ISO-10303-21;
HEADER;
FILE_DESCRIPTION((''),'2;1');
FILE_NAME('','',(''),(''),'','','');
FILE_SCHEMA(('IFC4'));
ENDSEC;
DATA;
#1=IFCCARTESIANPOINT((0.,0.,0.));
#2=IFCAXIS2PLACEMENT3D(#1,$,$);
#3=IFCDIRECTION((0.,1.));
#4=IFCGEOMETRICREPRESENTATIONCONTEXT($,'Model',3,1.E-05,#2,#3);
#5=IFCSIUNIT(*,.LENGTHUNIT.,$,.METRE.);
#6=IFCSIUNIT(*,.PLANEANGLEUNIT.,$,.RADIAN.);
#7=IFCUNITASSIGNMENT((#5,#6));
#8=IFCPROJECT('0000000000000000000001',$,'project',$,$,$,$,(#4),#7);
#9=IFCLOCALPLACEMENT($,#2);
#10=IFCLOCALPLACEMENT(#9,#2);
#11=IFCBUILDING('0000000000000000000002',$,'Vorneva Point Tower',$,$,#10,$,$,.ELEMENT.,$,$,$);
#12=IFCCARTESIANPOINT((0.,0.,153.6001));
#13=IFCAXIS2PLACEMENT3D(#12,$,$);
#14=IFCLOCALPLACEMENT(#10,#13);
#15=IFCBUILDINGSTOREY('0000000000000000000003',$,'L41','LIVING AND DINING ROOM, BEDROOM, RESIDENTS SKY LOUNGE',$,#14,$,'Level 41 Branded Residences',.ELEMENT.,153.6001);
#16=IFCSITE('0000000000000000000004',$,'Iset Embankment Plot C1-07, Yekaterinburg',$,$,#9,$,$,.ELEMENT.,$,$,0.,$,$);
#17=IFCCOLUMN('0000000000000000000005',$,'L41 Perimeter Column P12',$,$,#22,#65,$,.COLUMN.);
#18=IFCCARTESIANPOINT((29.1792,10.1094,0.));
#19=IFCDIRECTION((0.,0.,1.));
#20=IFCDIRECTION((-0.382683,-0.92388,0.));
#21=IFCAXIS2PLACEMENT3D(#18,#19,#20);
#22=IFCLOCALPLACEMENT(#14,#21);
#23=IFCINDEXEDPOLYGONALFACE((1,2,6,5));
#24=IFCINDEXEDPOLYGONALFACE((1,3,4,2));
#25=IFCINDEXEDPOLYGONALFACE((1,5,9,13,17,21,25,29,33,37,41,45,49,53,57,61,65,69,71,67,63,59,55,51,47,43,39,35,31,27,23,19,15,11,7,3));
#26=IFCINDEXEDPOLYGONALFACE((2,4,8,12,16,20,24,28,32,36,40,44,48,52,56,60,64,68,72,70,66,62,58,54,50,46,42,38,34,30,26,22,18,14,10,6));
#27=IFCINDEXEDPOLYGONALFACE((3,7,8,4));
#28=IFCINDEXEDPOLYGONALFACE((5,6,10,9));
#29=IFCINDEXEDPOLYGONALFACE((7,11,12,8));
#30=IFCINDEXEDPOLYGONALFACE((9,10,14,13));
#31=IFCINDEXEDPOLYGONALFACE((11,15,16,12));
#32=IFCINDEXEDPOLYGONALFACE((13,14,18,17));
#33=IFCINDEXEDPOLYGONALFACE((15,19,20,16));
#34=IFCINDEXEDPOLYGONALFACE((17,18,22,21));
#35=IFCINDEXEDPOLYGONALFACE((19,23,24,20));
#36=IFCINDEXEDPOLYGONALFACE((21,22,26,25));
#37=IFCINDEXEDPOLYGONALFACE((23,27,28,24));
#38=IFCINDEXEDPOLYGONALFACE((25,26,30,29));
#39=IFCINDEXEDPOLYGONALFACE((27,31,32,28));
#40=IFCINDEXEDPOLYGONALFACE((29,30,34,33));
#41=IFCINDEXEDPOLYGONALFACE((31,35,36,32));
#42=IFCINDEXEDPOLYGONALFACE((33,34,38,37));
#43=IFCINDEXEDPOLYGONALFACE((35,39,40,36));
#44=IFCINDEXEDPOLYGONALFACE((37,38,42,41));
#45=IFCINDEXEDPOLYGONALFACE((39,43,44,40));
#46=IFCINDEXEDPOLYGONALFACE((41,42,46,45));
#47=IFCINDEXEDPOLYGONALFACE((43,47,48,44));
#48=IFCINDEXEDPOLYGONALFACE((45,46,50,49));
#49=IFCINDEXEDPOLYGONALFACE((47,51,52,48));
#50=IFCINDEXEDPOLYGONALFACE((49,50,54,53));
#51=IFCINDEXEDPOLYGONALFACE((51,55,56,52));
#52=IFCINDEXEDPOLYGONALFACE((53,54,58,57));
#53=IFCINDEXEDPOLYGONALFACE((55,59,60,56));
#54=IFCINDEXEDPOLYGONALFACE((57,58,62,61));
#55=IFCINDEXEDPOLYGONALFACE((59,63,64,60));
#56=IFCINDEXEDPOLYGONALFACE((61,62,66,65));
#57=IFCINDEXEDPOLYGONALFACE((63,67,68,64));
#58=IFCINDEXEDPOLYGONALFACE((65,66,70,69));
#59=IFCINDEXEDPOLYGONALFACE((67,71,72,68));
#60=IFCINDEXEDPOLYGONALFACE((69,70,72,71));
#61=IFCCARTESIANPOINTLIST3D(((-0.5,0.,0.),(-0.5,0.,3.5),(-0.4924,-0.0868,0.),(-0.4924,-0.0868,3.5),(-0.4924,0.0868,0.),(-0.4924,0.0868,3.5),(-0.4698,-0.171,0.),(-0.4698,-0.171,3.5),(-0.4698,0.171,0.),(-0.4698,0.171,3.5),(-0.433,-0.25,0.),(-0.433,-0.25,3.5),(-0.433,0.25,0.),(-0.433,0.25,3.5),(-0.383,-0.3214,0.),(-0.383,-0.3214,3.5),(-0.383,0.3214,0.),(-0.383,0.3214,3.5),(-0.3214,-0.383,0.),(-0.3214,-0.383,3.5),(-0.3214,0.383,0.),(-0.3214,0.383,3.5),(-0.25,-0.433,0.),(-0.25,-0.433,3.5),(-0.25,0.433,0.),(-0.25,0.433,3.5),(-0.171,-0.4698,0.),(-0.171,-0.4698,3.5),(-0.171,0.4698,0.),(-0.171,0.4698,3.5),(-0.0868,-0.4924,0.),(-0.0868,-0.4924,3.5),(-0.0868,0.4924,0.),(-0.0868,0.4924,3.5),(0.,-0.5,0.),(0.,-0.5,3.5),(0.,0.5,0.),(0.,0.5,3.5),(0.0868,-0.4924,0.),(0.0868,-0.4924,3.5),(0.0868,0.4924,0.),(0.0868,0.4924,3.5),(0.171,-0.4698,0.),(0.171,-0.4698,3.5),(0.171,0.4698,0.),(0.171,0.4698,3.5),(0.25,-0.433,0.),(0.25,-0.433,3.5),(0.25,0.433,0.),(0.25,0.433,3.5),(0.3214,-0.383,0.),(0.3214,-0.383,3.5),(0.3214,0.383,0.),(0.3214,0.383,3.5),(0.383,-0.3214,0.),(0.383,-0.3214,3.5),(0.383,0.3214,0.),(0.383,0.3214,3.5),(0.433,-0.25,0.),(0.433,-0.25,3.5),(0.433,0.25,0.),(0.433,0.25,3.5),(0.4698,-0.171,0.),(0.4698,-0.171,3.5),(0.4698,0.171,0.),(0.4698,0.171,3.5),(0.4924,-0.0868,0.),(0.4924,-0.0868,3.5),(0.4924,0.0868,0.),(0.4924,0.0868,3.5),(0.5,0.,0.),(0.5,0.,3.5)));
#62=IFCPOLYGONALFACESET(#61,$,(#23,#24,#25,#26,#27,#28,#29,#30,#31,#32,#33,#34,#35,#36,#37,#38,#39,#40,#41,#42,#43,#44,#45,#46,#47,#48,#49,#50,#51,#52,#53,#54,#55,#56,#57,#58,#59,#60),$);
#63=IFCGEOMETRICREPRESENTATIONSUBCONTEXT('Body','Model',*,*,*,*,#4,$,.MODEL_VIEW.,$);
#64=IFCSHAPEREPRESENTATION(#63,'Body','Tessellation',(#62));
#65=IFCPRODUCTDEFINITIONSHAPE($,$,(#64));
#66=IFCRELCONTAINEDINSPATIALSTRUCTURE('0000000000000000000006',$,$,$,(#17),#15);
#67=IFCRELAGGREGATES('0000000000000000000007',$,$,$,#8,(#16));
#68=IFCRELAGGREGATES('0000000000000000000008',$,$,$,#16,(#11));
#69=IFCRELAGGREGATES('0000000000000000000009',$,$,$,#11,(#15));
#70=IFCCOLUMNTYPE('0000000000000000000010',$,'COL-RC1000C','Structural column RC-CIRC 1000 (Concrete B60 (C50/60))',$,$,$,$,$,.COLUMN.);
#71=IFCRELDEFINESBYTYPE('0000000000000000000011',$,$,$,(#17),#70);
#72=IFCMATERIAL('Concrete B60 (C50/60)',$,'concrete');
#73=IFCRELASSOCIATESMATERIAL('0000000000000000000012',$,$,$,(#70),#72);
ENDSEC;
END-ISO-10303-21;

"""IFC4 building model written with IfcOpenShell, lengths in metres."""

from ifc_helpers import new_model, si_unit, direction, frame, origin, origin_2d, place, context, subcontext, project, spatial, circle, extrude, material, material_profile, profile_set, type_object, element, save


model = new_model("IFC4")

# Units and contexts
model_context = context("Model", 3, precision=1e-05, world=origin(), true_north=direction((0.0, 1.0)))
body_context = subcontext(model_context, "Body", "Model", "MODEL_VIEW")
ifc_project = project(units=[si_unit("LENGTHUNIT", "METRE"), si_unit("PLANEANGLEUNIT", "RADIAN")], contexts=[model_context])

# Site, building, storey
site_placement = place(None, origin())
site = spatial("IfcSite", under=ifc_project, at=site_placement, Name="Iset Embankment Plot C1-07, Yekaterinburg", CompositionType="ELEMENT", RefElevation=0.0)
building_placement = place(site_placement, origin())
building = spatial("IfcBuilding", under=site, at=building_placement, Name="Vorneva Point Tower", CompositionType="ELEMENT")
storey_placement = place(building_placement, frame((0.0, 0.0, 153.6001)))
storey = spatial("IfcBuildingStorey", under=building, at=storey_placement, Name="L41", Description="LIVING AND DINING ROOM, BEDROOM, RESIDENTS SKY LOUNGE", LongName="Level 41 Branded Residences", CompositionType="ELEMENT", Elevation=153.6001)

# Column
ifc_material_1 = material(Name="Concrete B60 (C50/60)", Category="concrete")
ifc_material_profile_1 = material_profile(ifc_material_1, circle(Radius=0.5, at=origin_2d()), Name="RC-CIRC 1000")
ifc_profile_set_1 = profile_set([ifc_material_profile_1], Name="Concrete B60 (C50/60)")
column_type = type_object("IfcColumnType", Name="COL-RC1000C", Description="Structural column RC-CIRC 1000 (Concrete B60 (C50/60))", PredefinedType="COLUMN", material=ifc_profile_set_1)
column_placement = place(storey_placement, frame((29.1792, 10.1094, 0.0), z_axis=(0.0, 0.0, 1.0), x_axis=(-0.382683, -0.92388, 0.0)))
element("IfcColumn", 1, at=column_placement, inside=storey, type_object=column_type, Name="L41 Perimeter Column P12", PredefinedType="COLUMN", context=body_context, shape_type="SweptSolid", body=[
    extrude(circle(Radius=0.5, at=origin_2d()), origin(), (0.0, 0.0, 1.0), 3.5),
])

save(model, "model.ifc")
